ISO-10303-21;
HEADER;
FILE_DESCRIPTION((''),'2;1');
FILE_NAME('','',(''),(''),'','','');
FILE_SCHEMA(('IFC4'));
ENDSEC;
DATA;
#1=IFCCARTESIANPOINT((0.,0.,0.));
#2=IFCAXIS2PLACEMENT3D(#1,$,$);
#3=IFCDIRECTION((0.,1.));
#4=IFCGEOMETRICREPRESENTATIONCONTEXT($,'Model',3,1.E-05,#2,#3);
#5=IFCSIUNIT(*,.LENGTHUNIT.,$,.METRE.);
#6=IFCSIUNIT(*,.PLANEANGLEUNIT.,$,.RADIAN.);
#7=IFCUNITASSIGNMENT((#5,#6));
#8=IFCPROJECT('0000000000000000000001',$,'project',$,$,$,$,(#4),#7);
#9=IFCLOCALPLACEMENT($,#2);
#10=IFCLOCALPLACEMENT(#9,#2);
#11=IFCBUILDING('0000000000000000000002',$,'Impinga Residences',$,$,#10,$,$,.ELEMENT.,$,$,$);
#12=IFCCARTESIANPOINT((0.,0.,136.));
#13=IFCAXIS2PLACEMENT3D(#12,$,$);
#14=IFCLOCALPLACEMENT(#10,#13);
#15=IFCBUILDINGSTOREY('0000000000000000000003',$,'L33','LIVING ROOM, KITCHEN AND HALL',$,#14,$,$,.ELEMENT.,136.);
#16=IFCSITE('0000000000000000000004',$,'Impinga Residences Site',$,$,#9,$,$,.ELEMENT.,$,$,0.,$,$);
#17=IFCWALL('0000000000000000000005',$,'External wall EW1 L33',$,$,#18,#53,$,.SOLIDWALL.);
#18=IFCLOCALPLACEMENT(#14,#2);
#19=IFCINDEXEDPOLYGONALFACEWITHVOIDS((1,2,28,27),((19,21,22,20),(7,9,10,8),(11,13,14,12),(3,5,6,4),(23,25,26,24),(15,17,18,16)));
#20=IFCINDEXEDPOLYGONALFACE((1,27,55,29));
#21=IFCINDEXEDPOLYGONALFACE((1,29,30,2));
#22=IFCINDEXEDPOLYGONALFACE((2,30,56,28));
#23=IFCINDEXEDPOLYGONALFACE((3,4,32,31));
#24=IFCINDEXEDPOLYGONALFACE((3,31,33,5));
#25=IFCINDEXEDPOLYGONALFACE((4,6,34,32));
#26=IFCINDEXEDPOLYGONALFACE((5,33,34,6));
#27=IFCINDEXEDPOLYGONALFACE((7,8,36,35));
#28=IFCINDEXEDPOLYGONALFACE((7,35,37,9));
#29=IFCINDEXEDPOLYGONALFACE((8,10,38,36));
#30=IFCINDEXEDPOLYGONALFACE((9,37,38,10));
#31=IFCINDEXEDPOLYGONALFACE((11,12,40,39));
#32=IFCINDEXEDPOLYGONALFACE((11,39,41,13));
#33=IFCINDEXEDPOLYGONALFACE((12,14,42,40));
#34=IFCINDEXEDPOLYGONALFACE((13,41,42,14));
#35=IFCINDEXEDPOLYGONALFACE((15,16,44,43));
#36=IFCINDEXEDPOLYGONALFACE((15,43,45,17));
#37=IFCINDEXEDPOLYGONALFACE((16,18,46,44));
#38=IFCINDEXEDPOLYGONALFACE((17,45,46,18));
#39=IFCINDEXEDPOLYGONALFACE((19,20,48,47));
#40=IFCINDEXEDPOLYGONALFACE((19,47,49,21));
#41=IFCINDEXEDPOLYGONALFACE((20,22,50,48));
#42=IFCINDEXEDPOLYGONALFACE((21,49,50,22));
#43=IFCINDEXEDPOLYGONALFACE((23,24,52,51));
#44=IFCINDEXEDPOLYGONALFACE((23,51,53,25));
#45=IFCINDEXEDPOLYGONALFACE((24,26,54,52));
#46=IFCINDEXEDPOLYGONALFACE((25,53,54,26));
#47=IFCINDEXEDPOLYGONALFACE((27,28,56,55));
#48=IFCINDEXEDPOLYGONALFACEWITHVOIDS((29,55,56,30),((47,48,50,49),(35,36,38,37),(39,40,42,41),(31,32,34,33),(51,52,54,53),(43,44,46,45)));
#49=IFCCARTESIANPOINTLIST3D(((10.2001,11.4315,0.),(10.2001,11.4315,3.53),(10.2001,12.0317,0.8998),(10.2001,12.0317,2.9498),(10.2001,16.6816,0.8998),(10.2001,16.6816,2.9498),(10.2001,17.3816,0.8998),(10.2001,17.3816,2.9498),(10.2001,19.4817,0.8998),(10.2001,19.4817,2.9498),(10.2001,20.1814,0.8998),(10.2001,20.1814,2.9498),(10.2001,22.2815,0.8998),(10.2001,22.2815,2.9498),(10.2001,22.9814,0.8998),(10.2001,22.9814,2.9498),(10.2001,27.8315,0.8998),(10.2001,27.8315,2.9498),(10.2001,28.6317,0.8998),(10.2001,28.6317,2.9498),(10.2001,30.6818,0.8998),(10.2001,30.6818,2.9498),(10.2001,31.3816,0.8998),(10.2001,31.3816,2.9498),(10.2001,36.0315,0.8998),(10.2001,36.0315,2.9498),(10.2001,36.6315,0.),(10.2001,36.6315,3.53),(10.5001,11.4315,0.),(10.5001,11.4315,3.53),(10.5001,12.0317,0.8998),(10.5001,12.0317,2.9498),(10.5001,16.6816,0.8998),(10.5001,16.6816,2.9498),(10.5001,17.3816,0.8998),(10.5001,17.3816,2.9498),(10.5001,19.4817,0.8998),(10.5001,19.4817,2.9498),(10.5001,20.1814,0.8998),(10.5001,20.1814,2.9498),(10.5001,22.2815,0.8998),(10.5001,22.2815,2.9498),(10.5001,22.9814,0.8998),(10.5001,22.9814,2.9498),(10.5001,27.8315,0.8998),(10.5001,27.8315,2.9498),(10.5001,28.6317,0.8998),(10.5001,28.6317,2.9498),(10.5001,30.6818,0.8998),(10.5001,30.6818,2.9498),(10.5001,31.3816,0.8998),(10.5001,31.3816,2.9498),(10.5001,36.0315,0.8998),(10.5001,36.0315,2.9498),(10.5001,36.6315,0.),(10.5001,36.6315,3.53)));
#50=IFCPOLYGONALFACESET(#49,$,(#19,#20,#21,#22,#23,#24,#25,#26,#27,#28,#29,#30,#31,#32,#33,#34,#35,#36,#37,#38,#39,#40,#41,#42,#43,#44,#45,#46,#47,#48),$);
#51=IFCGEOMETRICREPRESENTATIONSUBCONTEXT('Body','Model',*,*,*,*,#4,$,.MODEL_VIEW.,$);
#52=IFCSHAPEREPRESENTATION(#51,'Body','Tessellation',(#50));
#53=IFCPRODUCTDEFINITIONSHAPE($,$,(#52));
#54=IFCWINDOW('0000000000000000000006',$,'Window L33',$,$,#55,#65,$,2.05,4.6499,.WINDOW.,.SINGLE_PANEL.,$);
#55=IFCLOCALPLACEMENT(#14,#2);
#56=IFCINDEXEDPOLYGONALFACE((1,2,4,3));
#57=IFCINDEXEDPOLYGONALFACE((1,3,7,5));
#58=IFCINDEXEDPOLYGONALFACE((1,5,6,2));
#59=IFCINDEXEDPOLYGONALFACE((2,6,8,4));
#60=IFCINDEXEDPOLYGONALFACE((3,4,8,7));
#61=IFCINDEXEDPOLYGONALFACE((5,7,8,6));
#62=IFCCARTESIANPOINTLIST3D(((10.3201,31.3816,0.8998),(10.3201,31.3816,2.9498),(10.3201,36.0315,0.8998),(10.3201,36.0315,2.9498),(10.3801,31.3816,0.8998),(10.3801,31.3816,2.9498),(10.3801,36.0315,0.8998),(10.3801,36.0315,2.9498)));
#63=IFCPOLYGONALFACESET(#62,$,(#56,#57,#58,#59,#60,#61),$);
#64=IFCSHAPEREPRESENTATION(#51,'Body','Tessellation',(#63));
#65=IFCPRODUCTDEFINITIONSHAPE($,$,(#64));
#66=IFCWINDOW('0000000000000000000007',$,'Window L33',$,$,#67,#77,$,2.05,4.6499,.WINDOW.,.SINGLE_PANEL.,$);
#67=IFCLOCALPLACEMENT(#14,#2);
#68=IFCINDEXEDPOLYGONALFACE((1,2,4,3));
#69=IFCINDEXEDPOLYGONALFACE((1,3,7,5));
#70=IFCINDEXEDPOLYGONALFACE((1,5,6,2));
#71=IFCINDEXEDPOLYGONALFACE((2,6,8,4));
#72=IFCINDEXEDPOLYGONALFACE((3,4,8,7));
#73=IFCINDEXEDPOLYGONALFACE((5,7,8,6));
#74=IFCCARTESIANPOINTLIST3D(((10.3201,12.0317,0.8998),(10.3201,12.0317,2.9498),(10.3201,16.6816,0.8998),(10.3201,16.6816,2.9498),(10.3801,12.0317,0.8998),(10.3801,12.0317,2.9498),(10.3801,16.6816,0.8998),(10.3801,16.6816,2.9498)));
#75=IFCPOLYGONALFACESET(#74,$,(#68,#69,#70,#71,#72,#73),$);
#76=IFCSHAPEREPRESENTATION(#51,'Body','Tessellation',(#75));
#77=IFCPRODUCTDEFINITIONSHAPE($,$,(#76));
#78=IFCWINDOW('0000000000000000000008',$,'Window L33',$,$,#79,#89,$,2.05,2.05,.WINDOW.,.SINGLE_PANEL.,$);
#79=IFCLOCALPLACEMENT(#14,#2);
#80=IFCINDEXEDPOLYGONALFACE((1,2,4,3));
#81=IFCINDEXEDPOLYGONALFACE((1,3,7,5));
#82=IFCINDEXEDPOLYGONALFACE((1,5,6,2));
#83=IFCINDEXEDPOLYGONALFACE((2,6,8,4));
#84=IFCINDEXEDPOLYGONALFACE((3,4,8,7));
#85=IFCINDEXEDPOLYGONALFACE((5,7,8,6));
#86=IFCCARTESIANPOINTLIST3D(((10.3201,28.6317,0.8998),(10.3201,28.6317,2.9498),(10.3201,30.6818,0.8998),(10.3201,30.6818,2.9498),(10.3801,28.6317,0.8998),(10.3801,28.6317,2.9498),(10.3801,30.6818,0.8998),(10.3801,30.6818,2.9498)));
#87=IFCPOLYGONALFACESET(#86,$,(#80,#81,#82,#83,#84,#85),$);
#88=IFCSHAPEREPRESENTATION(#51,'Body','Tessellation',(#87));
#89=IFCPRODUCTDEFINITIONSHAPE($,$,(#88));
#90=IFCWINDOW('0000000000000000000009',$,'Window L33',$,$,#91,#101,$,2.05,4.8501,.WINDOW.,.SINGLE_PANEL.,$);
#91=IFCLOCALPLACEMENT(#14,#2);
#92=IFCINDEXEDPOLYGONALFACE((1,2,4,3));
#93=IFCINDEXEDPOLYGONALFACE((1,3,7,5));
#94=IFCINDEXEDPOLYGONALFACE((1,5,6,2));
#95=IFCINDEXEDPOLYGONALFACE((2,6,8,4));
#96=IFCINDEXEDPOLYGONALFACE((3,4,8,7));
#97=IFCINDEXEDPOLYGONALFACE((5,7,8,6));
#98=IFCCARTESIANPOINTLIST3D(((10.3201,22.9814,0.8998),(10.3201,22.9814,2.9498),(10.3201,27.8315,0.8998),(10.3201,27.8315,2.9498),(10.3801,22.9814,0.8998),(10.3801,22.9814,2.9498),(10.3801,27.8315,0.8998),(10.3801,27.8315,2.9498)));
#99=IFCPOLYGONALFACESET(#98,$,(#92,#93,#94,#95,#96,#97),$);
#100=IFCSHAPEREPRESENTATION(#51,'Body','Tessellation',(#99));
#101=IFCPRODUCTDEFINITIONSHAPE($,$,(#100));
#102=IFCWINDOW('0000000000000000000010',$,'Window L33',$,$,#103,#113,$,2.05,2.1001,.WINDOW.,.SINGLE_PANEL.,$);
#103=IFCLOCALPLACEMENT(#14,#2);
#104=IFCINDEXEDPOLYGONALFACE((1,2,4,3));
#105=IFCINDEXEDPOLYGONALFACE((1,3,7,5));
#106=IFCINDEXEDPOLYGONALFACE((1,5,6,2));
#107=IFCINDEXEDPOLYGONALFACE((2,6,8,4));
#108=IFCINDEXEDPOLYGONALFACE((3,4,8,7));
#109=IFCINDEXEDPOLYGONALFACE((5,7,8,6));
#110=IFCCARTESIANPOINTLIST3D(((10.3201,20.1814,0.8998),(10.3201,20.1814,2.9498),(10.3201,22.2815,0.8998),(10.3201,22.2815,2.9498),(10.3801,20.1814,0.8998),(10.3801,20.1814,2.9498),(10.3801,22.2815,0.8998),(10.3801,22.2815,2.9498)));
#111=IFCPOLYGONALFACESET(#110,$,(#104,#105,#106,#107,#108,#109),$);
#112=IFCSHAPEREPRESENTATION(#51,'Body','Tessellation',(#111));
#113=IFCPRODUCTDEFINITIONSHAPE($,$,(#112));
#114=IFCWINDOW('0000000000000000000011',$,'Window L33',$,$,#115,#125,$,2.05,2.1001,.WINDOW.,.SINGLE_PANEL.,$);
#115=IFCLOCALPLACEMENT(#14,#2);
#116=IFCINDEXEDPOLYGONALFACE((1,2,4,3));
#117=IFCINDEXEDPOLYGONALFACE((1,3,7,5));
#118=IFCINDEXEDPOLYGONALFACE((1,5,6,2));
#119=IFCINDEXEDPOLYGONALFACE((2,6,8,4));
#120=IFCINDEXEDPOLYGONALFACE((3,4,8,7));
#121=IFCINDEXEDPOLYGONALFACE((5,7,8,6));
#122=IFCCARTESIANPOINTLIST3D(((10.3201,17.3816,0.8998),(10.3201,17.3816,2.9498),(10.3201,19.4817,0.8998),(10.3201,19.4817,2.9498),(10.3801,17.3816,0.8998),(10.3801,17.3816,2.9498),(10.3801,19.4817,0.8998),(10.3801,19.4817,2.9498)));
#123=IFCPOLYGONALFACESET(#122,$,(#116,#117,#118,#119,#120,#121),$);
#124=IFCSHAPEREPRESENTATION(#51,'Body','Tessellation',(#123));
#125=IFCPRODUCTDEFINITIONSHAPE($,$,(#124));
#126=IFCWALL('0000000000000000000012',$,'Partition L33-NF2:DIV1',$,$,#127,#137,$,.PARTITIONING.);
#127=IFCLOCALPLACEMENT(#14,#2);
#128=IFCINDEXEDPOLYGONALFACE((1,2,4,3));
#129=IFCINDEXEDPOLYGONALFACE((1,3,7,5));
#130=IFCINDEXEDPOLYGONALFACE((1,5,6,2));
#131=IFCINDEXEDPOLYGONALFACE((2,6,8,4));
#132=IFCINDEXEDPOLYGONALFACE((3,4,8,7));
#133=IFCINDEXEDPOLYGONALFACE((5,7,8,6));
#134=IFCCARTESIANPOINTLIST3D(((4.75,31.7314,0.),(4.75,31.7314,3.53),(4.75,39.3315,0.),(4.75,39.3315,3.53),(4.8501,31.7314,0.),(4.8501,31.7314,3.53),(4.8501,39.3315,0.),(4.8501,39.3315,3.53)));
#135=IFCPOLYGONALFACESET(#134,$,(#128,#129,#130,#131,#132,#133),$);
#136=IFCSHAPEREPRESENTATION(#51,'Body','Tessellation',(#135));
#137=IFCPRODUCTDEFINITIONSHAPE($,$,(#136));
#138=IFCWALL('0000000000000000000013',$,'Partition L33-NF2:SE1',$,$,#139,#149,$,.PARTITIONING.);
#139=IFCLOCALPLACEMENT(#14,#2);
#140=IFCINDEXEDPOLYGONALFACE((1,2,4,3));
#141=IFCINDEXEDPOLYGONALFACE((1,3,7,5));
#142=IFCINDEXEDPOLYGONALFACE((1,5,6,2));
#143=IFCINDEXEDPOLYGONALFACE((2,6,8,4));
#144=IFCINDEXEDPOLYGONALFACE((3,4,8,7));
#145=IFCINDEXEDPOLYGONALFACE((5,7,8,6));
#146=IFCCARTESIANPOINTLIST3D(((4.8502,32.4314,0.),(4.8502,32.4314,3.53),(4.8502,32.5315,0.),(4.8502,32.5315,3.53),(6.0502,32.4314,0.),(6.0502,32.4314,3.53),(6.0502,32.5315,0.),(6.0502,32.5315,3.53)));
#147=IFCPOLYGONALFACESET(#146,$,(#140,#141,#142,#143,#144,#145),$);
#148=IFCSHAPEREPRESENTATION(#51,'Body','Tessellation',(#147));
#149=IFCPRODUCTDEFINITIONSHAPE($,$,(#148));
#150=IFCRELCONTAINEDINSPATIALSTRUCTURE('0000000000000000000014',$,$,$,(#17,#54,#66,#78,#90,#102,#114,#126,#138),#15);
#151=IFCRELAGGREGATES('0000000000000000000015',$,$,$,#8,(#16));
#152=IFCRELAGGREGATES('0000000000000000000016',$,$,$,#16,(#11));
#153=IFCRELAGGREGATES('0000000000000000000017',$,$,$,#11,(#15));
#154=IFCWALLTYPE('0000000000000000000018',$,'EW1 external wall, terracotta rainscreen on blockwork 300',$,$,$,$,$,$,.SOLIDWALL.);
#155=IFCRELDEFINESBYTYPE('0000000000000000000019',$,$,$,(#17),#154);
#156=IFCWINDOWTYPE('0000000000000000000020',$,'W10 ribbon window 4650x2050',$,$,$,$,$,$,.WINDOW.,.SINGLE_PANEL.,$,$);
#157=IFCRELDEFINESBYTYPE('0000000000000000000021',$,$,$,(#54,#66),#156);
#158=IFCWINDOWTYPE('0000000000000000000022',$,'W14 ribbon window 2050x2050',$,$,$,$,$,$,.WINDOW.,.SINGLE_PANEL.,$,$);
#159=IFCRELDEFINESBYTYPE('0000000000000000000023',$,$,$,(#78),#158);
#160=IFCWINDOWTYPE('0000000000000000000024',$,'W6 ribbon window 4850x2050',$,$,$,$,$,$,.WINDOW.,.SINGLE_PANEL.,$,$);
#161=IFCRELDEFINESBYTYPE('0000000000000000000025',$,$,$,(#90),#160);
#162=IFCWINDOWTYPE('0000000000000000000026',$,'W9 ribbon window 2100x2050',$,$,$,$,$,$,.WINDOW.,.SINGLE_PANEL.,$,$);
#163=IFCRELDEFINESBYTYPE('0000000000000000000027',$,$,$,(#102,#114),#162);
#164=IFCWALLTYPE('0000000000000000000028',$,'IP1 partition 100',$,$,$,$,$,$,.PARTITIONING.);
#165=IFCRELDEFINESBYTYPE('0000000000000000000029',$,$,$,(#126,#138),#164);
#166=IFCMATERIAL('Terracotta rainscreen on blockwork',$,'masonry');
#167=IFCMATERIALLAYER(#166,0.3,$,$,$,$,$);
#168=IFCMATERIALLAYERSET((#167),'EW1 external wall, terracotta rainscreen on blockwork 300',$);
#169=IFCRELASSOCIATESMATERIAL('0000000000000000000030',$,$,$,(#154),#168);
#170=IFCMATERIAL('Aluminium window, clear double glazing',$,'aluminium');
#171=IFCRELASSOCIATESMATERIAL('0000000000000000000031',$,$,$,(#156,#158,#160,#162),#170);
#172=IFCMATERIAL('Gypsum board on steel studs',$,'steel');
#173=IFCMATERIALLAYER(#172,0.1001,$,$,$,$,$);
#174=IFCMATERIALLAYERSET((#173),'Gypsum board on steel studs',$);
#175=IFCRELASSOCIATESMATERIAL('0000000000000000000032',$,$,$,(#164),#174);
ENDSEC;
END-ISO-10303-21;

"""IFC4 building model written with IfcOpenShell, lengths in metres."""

from ifc_helpers import new_model, si_unit, direction, frame, frame_2d, origin, place, context, subcontext, project, spatial, rectangle, extrude, material, layer, layer_set, type_object, element, fill, save


model = new_model("IFC4")

# Units and contexts
model_context = context("Model", 3, precision=1e-05, world=origin(), true_north=direction((0.0, 1.0)))
body_context = subcontext(model_context, "Body", "Model", "MODEL_VIEW")
ifc_project = project(units=[si_unit("LENGTHUNIT", "METRE"), si_unit("PLANEANGLEUNIT", "RADIAN")], contexts=[model_context])

# Site, building, storey
site_placement = place(None, origin())
site = spatial("IfcSite", under=ifc_project, at=site_placement, Name="Impinga Residences Site", CompositionType="ELEMENT", RefElevation=0.0)
building_placement = place(site_placement, origin())
building = spatial("IfcBuilding", under=site, at=building_placement, Name="Impinga Residences", CompositionType="ELEMENT")
storey_placement = place(building_placement, frame((0.0, 0.0, 136.0)))
storey = spatial("IfcBuildingStorey", under=building, at=storey_placement, Name="L33", Description="LIVING ROOM, KITCHEN AND HALL", CompositionType="ELEMENT", Elevation=136.0)

# Shared definitions
ifc_material_1 = material(Name="Terracotta rainscreen on blockwork", Category="masonry")
ifc_layer_1 = layer(ifc_material_1, 0.3)
ifc_layer_set_1 = layer_set([ifc_layer_1], Name="EW1 external wall, terracotta rainscreen on blockwork 300")
wall_type_1 = type_object("IfcWallType", Name="EW1 external wall, terracotta rainscreen on blockwork 300", PredefinedType="SOLIDWALL", material=ifc_layer_set_1)

# Wall, openings, windows
wall_1_placement = place(storey_placement, frame((10.3501, 36.6316, 0.0), z_axis=(0.0, 0.0, 1.0), x_axis=(0.0, -1.0, 0.0)))
wall_1 = element("IfcWall", 1, at=wall_1_placement, inside=storey, type_object=wall_type_1, Name="External wall EW1 L33", PredefinedType="SOLIDWALL", context=body_context, shape_type="SweptSolid", body=[
    extrude(rectangle(XDim=25.2, YDim=0.3, at=frame_2d((12.6001, 0.0))), origin(), (0.0, 0.0, 1.0), 3.53),
])
opening_1_placement = place(wall_1_placement, frame((0.6001, 0.0, 0.8999)))
opening_1 = element("IfcOpeningElement", 2, at=opening_1_placement, cuts=wall_1, PredefinedType="OPENING", context=body_context, shape_type="SweptSolid", body=[
    extrude(rectangle(XDim=4.6499, YDim=2.05, at=frame_2d((2.325, 1.0249))), frame((0.0, 0.1599, 0.0), z_axis=(0.0, -1.0, 0.0), x_axis=(1.0, 0.0, 0.0)), (0.0, 0.0, 1.0), 0.3201),
])
opening_2_placement = place(wall_1_placement, frame((5.95, 0.0, 0.8999)))
opening_2 = element("IfcOpeningElement", 3, at=opening_2_placement, cuts=wall_1, PredefinedType="OPENING", context=body_context, shape_type="SweptSolid", body=[
    extrude(rectangle(XDim=2.05, YDim=2.05, at=frame_2d((1.0249, 1.0249))), frame((0.0, 0.1599, 0.0), z_axis=(0.0, -1.0, 0.0), x_axis=(1.0, 0.0, 0.0)), (0.0, 0.0, 1.0), 0.3201),
])
opening_3_placement = place(wall_1_placement, frame((8.8, 0.0, 0.8999)))
opening_3 = element("IfcOpeningElement", 4, at=opening_3_placement, cuts=wall_1, PredefinedType="OPENING", context=body_context, shape_type="SweptSolid", body=[
    extrude(rectangle(XDim=4.8501, YDim=2.05, at=frame_2d((2.425, 1.0249))), frame((0.0, 0.1599, 0.0), z_axis=(0.0, -1.0, 0.0), x_axis=(1.0, 0.0, 0.0)), (0.0, 0.0, 1.0), 0.3201),
])
opening_4_placement = place(wall_1_placement, frame((14.3501, 0.0, 0.8999)))
opening_4 = element("IfcOpeningElement", 5, at=opening_4_placement, cuts=wall_1, PredefinedType="OPENING", context=body_context, shape_type="SweptSolid", body=[
    extrude(rectangle(XDim=2.1001, YDim=2.05, at=frame_2d((1.05, 1.0249))), frame((0.0, 0.1599, 0.0), z_axis=(0.0, -1.0, 0.0), x_axis=(1.0, 0.0, 0.0)), (0.0, 0.0, 1.0), 0.3201),
])
opening_5_placement = place(wall_1_placement, frame((17.1499, 0.0, 0.8999)))
opening_5 = element("IfcOpeningElement", 6, at=opening_5_placement, cuts=wall_1, PredefinedType="OPENING", context=body_context, shape_type="SweptSolid", body=[
    extrude(rectangle(XDim=2.1001, YDim=2.05, at=frame_2d((1.05, 1.0249))), frame((0.0, 0.1599, 0.0), z_axis=(0.0, -1.0, 0.0), x_axis=(1.0, 0.0, 0.0)), (0.0, 0.0, 1.0), 0.3201),
])
opening_6_placement = place(wall_1_placement, frame((19.95, 0.0, 0.8999)))
opening_6 = element("IfcOpeningElement", 7, at=opening_6_placement, cuts=wall_1, PredefinedType="OPENING", context=body_context, shape_type="SweptSolid", body=[
    extrude(rectangle(XDim=4.6499, YDim=2.05, at=frame_2d((2.325, 1.0249))), frame((0.0, 0.1599, 0.0), z_axis=(0.0, -1.0, 0.0), x_axis=(1.0, 0.0, 0.0)), (0.0, 0.0, 1.0), 0.3201),
])
ifc_material_2 = material(Name="Aluminium window, clear double glazing", Category="aluminium")
window_type_1 = type_object("IfcWindowType", Name="W10 ribbon window 4650x2050", PartitioningType="SINGLE_PANEL", PredefinedType="WINDOW", material=ifc_material_2)
window_1_placement = place(opening_1_placement, origin())
window_1 = element("IfcWindow", 8, at=window_1_placement, inside=storey, type_object=window_type_1, Name="Window L33", OverallHeight=2.05, OverallWidth=4.6499, PartitioningType="SINGLE_PANEL", PredefinedType="WINDOW", context=body_context, shape_type="SweptSolid", body=[
    extrude(rectangle(XDim=4.6499, YDim=2.05, at=frame_2d((2.325, 1.0249))), frame((0.0, 0.03, 0.0), z_axis=(0.0, -1.0, 0.0), x_axis=(1.0, 0.0, 0.0)), (0.0, 0.0, 1.0), 0.0601),
])
fill(opening_1, window_1)
window_2_placement = place(opening_6_placement, origin())
window_2 = element("IfcWindow", 9, at=window_2_placement, inside=storey, type_object=window_type_1, Name="Window L33", OverallHeight=2.05, OverallWidth=4.6499, PartitioningType="SINGLE_PANEL", PredefinedType="WINDOW", context=body_context, shape_type="SweptSolid", body=[
    extrude(rectangle(XDim=4.6499, YDim=2.05, at=frame_2d((2.325, 1.0249))), frame((0.0, 0.03, 0.0), z_axis=(0.0, -1.0, 0.0), x_axis=(1.0, 0.0, 0.0)), (0.0, 0.0, 1.0), 0.0601),
])
fill(opening_6, window_2)
window_type_2 = type_object("IfcWindowType", Name="W14 ribbon window 2050x2050", PartitioningType="SINGLE_PANEL", PredefinedType="WINDOW", material=ifc_material_2)
window_3_placement = place(opening_2_placement, origin())
window_3 = element("IfcWindow", 10, at=window_3_placement, inside=storey, type_object=window_type_2, Name="Window L33", OverallHeight=2.05, OverallWidth=2.05, PartitioningType="SINGLE_PANEL", PredefinedType="WINDOW", context=body_context, shape_type="SweptSolid", body=[
    extrude(rectangle(XDim=2.05, YDim=2.05, at=frame_2d((1.0249, 1.0249))), frame((0.0, 0.03, 0.0), z_axis=(0.0, -1.0, 0.0), x_axis=(1.0, 0.0, 0.0)), (0.0, 0.0, 1.0), 0.0601),
])
fill(opening_2, window_3)
window_type_3 = type_object("IfcWindowType", Name="W6 ribbon window 4850x2050", PartitioningType="SINGLE_PANEL", PredefinedType="WINDOW", material=ifc_material_2)
window_4_placement = place(opening_3_placement, origin())
window_4 = element("IfcWindow", 11, at=window_4_placement, inside=storey, type_object=window_type_3, Name="Window L33", OverallHeight=2.05, OverallWidth=4.8501, PartitioningType="SINGLE_PANEL", PredefinedType="WINDOW", context=body_context, shape_type="SweptSolid", body=[
    extrude(rectangle(XDim=4.8501, YDim=2.05, at=frame_2d((2.425, 1.0249))), frame((0.0, 0.03, 0.0), z_axis=(0.0, -1.0, 0.0), x_axis=(1.0, 0.0, 0.0)), (0.0, 0.0, 1.0), 0.0601),
])
fill(opening_3, window_4)
window_type_4 = type_object("IfcWindowType", Name="W9 ribbon window 2100x2050", PartitioningType="SINGLE_PANEL", PredefinedType="WINDOW", material=ifc_material_2)
window_5_placement = place(opening_4_placement, origin())
window_5 = element("IfcWindow", 12, at=window_5_placement, inside=storey, type_object=window_type_4, Name="Window L33", OverallHeight=2.05, OverallWidth=2.1001, PartitioningType="SINGLE_PANEL", PredefinedType="WINDOW", context=body_context, shape_type="SweptSolid", body=[
    extrude(rectangle(XDim=2.1001, YDim=2.05, at=frame_2d((1.05, 1.0249))), frame((0.0, 0.03, 0.0), z_axis=(0.0, -1.0, 0.0), x_axis=(1.0, 0.0, 0.0)), (0.0, 0.0, 1.0), 0.0601),
])
fill(opening_4, window_5)
window_6_placement = place(opening_5_placement, origin())
window_6 = element("IfcWindow", 13, at=window_6_placement, inside=storey, type_object=window_type_4, Name="Window L33", OverallHeight=2.05, OverallWidth=2.1001, PartitioningType="SINGLE_PANEL", PredefinedType="WINDOW", context=body_context, shape_type="SweptSolid", body=[
    extrude(rectangle(XDim=2.1001, YDim=2.05, at=frame_2d((1.05, 1.0249))), frame((0.0, 0.03, 0.0), z_axis=(0.0, -1.0, 0.0), x_axis=(1.0, 0.0, 0.0)), (0.0, 0.0, 1.0), 0.0601),
])
fill(opening_5, window_6)

# Walls
ifc_material_3 = material(Name="Gypsum board on steel studs", Category="steel")
ifc_layer_2 = layer(ifc_material_3, 0.1001)
ifc_layer_set_2 = layer_set([ifc_layer_2], Name="Gypsum board on steel studs")
wall_type_2 = type_object("IfcWallType", Name="IP1 partition 100", PredefinedType="PARTITIONING", material=ifc_layer_set_2)
wall_2_placement = place(storey_placement, frame((4.8, 31.7314, 0.0), z_axis=(0.0, 0.0, 1.0), x_axis=(0.0, 1.0, 0.0)))
element("IfcWall", 14, at=wall_2_placement, inside=storey, type_object=wall_type_2, Name="Partition L33-NF2:DIV1", PredefinedType="PARTITIONING", context=body_context, shape_type="SweptSolid", body=[
    extrude(rectangle(XDim=7.6001, YDim=0.1001, at=frame_2d((3.8, 0.0))), origin(), (0.0, 0.0, 1.0), 3.53),
])
wall_3_placement = place(storey_placement, frame((4.8501, 32.4814, 0.0), z_axis=(0.0, 0.0, 1.0), x_axis=(1.0, 0.0, 0.0)))
element("IfcWall", 15, at=wall_3_placement, inside=storey, type_object=wall_type_2, Name="Partition L33-NF2:SE1", PredefinedType="PARTITIONING", context=body_context, shape_type="SweptSolid", body=[
    extrude(rectangle(XDim=1.2, YDim=0.1001, at=frame_2d((0.6001, 0.0))), origin(), (0.0, 0.0, 1.0), 3.53),
])

save(model, "model.ifc")
